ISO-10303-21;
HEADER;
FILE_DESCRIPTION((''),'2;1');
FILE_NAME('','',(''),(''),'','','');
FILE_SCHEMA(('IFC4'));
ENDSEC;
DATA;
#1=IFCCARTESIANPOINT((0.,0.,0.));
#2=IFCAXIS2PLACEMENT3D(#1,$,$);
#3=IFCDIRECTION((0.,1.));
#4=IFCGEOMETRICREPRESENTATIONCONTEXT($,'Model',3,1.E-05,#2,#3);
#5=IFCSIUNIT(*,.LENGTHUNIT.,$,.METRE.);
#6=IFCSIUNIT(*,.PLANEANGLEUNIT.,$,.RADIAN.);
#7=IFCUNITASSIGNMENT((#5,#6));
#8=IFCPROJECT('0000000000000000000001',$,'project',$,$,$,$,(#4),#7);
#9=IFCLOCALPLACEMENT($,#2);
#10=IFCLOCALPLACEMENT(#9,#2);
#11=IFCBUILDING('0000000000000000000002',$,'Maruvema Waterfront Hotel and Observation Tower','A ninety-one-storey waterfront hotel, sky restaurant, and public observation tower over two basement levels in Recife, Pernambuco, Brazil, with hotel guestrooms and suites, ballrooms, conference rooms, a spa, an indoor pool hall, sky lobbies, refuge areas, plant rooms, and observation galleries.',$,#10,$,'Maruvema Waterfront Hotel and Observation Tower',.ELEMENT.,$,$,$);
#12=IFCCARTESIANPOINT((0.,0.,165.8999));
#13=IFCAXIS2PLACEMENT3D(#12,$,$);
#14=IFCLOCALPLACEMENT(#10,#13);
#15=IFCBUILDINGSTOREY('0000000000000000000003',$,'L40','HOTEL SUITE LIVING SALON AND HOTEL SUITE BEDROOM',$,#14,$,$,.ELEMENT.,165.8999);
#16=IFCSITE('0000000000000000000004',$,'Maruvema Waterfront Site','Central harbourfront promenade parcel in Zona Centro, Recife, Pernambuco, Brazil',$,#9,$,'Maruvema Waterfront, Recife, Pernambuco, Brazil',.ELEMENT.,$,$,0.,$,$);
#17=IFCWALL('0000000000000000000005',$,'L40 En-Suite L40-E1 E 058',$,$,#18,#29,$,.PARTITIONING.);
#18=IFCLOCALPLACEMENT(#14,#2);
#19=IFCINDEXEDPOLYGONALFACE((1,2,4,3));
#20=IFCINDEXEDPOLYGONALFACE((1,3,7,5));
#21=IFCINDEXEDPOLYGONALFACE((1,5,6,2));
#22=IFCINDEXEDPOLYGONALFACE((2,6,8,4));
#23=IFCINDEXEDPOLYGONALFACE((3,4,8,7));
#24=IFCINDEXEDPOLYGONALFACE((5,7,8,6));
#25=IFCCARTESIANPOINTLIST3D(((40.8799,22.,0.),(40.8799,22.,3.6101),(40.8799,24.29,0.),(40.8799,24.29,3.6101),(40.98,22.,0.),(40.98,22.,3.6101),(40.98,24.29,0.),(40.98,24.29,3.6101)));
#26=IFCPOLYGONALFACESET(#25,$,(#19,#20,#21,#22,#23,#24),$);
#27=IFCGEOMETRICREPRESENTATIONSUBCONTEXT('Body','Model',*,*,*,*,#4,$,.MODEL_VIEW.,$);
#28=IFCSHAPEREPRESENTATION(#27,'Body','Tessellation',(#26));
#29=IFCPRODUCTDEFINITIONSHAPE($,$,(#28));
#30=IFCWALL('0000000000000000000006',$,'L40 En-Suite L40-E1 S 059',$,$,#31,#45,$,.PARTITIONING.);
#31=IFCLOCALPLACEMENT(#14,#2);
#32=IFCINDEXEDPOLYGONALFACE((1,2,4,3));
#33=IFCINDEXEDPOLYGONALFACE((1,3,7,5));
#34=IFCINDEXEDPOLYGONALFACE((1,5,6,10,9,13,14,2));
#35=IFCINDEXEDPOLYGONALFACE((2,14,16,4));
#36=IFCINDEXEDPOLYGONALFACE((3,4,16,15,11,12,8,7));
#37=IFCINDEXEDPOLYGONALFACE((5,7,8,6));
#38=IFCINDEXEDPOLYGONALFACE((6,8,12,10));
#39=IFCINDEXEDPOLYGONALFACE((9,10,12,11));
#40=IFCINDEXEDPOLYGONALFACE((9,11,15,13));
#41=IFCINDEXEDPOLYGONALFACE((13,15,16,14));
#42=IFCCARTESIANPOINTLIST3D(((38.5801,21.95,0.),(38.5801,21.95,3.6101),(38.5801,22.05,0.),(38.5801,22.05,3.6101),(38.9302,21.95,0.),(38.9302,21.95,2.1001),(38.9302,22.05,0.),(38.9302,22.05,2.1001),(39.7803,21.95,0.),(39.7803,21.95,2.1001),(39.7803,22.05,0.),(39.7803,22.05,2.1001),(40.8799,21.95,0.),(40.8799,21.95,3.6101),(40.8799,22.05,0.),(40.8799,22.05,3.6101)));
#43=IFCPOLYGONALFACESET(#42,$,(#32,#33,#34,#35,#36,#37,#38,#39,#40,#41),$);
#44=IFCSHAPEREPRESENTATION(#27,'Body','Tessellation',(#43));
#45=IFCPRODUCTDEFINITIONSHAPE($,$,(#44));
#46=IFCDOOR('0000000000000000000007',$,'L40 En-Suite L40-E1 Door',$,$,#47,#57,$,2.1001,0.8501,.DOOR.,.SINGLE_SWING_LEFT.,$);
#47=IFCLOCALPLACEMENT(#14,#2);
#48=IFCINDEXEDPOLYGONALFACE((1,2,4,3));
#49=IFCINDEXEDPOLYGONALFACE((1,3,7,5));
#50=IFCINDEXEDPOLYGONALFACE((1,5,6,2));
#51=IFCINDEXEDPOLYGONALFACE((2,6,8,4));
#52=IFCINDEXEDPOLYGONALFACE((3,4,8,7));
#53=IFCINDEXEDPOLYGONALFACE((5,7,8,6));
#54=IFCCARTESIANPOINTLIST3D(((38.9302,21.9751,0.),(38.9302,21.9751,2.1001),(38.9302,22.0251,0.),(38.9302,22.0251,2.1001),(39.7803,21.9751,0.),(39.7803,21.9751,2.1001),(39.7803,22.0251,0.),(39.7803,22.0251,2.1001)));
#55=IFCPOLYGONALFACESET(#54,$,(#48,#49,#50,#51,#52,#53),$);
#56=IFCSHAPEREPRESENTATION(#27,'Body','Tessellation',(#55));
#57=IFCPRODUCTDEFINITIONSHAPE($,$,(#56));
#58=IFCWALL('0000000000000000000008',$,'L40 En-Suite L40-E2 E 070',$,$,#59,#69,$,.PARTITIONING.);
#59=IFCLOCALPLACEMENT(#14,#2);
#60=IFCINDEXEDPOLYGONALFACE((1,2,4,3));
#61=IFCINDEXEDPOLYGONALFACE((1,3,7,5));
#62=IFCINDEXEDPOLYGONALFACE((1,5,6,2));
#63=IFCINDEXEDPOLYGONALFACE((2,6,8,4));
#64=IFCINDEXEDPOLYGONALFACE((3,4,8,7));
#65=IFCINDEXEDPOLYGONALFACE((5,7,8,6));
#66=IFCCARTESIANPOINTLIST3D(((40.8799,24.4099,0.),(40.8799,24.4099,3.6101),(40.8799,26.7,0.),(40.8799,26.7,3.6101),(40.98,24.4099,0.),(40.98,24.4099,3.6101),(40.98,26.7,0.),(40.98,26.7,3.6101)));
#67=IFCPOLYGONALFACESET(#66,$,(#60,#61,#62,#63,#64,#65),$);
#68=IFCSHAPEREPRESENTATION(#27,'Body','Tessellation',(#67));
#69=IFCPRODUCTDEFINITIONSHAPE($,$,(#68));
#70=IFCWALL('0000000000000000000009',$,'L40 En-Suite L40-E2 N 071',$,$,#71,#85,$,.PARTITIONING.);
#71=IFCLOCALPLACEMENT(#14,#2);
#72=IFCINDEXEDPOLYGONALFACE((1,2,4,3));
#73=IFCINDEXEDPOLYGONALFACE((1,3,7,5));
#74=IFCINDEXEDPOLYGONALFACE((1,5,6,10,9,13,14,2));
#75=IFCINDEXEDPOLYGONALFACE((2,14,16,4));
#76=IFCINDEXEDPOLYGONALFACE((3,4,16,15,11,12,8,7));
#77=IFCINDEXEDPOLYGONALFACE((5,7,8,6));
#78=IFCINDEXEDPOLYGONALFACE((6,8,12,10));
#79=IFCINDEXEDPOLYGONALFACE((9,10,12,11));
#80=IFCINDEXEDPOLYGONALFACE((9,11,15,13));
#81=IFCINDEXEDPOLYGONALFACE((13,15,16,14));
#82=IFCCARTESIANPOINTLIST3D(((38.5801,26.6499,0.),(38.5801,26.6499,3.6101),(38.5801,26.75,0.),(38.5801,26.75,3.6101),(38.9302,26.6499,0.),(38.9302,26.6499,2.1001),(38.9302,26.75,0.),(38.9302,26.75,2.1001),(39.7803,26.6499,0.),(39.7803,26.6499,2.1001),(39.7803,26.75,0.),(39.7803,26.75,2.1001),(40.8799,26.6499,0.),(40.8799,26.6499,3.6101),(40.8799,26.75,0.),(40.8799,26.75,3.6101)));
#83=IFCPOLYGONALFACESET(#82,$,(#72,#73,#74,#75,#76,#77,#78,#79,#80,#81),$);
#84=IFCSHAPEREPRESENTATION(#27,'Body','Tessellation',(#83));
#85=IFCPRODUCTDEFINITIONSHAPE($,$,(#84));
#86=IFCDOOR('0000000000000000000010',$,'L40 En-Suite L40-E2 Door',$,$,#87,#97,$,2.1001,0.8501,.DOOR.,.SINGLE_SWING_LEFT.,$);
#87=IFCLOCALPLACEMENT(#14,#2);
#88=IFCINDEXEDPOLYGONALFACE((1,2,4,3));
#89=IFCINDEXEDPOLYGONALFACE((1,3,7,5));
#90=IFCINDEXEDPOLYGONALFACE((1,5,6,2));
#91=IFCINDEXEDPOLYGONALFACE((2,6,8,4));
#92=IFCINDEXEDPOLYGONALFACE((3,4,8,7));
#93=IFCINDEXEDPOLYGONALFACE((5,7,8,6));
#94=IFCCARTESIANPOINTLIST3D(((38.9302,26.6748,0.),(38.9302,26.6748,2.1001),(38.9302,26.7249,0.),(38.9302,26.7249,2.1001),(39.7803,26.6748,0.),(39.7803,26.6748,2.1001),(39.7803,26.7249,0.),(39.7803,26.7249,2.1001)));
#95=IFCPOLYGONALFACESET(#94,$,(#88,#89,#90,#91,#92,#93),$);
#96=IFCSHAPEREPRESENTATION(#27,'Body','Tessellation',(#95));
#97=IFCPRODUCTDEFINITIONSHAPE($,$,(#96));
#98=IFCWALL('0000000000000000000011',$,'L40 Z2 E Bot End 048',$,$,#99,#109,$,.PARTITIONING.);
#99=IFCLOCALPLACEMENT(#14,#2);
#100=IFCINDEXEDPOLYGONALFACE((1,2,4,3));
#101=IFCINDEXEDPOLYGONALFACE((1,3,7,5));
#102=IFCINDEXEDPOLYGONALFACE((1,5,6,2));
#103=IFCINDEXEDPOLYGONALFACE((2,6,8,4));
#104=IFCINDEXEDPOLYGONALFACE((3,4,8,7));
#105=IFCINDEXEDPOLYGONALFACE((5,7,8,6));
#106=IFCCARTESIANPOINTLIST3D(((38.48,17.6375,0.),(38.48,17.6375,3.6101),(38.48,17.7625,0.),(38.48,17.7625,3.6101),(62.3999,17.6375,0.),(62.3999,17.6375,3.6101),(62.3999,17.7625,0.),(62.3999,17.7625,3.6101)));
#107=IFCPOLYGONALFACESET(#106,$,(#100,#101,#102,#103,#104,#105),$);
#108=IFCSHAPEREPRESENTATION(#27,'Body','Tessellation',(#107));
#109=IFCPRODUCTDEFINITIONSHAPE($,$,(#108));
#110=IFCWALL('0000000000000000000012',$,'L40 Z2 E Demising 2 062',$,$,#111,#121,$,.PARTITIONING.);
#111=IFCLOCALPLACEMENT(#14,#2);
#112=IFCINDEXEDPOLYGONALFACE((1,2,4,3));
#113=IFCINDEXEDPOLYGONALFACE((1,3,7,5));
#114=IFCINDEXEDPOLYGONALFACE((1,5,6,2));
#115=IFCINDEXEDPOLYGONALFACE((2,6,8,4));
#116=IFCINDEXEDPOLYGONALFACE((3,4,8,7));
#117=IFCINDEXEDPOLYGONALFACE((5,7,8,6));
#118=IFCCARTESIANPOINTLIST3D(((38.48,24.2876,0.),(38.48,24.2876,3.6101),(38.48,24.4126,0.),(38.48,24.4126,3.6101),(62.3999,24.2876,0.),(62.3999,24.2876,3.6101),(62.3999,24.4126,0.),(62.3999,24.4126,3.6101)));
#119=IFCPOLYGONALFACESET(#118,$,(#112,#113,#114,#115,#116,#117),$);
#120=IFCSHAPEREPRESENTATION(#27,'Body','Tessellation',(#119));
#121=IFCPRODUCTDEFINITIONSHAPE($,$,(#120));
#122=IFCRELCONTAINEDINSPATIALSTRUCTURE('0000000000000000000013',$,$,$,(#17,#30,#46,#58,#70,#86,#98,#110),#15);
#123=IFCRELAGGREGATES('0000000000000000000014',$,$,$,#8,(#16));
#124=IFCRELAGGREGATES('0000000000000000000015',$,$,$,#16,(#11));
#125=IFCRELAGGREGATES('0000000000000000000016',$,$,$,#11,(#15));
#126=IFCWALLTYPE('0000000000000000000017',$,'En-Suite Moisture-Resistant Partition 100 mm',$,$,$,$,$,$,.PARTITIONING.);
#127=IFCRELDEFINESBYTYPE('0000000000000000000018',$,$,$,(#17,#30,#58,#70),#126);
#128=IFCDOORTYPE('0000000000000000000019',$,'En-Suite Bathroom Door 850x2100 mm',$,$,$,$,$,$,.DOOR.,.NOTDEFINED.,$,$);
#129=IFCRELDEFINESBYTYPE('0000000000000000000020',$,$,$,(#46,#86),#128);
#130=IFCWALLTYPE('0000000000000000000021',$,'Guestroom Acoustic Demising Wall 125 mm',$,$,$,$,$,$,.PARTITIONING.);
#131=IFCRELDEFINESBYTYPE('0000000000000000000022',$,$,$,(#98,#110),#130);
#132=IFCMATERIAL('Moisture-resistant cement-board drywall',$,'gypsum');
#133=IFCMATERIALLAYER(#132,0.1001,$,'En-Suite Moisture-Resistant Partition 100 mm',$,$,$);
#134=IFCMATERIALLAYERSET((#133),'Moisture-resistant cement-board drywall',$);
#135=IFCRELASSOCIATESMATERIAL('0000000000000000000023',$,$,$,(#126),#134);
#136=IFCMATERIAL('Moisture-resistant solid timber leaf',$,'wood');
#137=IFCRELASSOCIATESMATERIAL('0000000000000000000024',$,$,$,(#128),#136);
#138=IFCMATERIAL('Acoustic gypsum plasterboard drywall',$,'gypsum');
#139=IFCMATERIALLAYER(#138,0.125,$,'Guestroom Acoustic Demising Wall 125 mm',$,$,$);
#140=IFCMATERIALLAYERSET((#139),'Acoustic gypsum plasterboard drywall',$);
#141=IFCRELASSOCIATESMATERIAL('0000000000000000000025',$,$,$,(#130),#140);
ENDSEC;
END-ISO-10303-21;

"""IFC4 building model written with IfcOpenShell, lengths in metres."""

from ifc_helpers import new_model, si_unit, direction, frame, frame_2d, origin, place, context, subcontext, project, spatial, rectangle, extrude, material, layer, layer_set, type_object, element, fill, save


model = new_model("IFC4")

# Units and contexts
model_context = context("Model", 3, precision=1e-05, world=origin(), true_north=direction((0.0, 1.0)))
body_context = subcontext(model_context, "Body", "Model", "MODEL_VIEW")
ifc_project = project(units=[si_unit("LENGTHUNIT", "METRE"), si_unit("PLANEANGLEUNIT", "RADIAN")], contexts=[model_context])

# Site, building, storey
site_placement = place(None, origin())
site = spatial("IfcSite", under=ifc_project, at=site_placement, Name="Maruvema Waterfront Site", Description="Central harbourfront promenade parcel in Zona Centro, Recife, Pernambuco, Brazil", LongName="Maruvema Waterfront, Recife, Pernambuco, Brazil", CompositionType="ELEMENT", RefElevation=0.0)
building_placement = place(site_placement, origin())
building = spatial("IfcBuilding", under=site, at=building_placement, Name="Maruvema Waterfront Hotel and Observation Tower", Description="A ninety-one-storey waterfront hotel, sky restaurant, and public observation tower over two basement levels in Recife, Pernambuco, Brazil, with hotel guestrooms and suites, ballrooms, conference rooms, a spa, an indoor pool hall, sky lobbies, refuge areas, plant rooms, and observation galleries.", LongName="Maruvema Waterfront Hotel and Observation Tower", CompositionType="ELEMENT")
storey_placement = place(building_placement, frame((0.0, 0.0, 165.8999)))
storey = spatial("IfcBuildingStorey", under=building, at=storey_placement, Name="L40", Description="HOTEL SUITE LIVING SALON AND HOTEL SUITE BEDROOM", CompositionType="ELEMENT", Elevation=165.8999)

# Shared definitions
ifc_material_1 = material(Name="Moisture-resistant cement-board drywall", Category="gypsum")
ifc_layer_1 = layer(ifc_material_1, 0.1001, Name="En-Suite Moisture-Resistant Partition 100 mm")
ifc_layer_set_1 = layer_set([ifc_layer_1], Name="Moisture-resistant cement-board drywall")
wall_type_1 = type_object("IfcWallType", Name="En-Suite Moisture-Resistant Partition 100 mm", PredefinedType="PARTITIONING", material=ifc_layer_set_1)

# Shared definitions
ifc_material_2 = material(Name="Moisture-resistant solid timber leaf", Category="wood")
door_type_1 = type_object("IfcDoorType", Name="En-Suite Bathroom Door 850x2100 mm", OperationType="NOTDEFINED", PredefinedType="DOOR", material=ifc_material_2)

# Wall
wall_1_placement = place(storey_placement, frame((40.9299, 22.0, 0.0), z_axis=(0.0, 0.0, 1.0), x_axis=(0.0, 1.0, 0.0)))
element("IfcWall", 1, at=wall_1_placement, inside=storey, type_object=wall_type_1, Name="L40 En-Suite L40-E1 E 058", PredefinedType="PARTITIONING", context=body_context, shape_type="SweptSolid", body=[
    extrude(rectangle(XDim=2.29, YDim=0.1001, at=frame_2d((1.145, 0.0))), origin(), (0.0, 0.0, 1.0), 3.6101),
])

# Wall, opening, door
wall_2_placement = place(storey_placement, frame((38.5801, 22.0, 0.0), z_axis=(0.0, 0.0, 1.0), x_axis=(1.0, 0.0, 0.0)))
wall_2 = element("IfcWall", 2, at=wall_2_placement, inside=storey, type_object=wall_type_1, Name="L40 En-Suite L40-E1 S 059", PredefinedType="PARTITIONING", context=body_context, shape_type="SweptSolid", body=[
    extrude(rectangle(XDim=2.2998, YDim=0.1001, at=frame_2d((1.1499, 0.0))), origin(), (0.0, 0.0, 1.0), 3.6101),
])
opening_1_placement = place(wall_2_placement, frame((0.3501, 0.0, 0.0)))
opening_1 = element("IfcOpeningElement", 3, at=opening_1_placement, cuts=wall_2, PredefinedType="OPENING", context=body_context, shape_type="SweptSolid", body=[
    extrude(rectangle(XDim=0.8501, YDim=2.1001, at=frame_2d((0.425, 1.05))), frame((0.0, 0.0601, 0.0), z_axis=(0.0, -1.0, 0.0), x_axis=(1.0, 0.0, 0.0)), (0.0, 0.0, 1.0), 0.1201),
])
door_1_placement = place(opening_1_placement, frame((0.8501, 0.0, 0.0), z_axis=(0.0, 0.0, 1.0), x_axis=(-1.0, 0.0, 0.0)))
door_1 = element("IfcDoor", 4, at=door_1_placement, inside=storey, type_object=door_type_1, Name="L40 En-Suite L40-E1 Door", OperationType="SINGLE_SWING_LEFT", OverallHeight=2.1001, OverallWidth=0.8501, PredefinedType="DOOR", context=body_context, shape_type="SweptSolid", body=[
    extrude(rectangle(XDim=0.8501, YDim=2.1001, at=frame_2d((0.425, 1.05))), frame((0.0, 0.0249, 0.0), z_axis=(0.0, -1.0, 0.0), x_axis=(1.0, 0.0, 0.0)), (0.0, 0.0, 1.0), 0.05),
])
fill(opening_1, door_1)

# Wall
wall_3_placement = place(storey_placement, frame((40.9299, 24.4099, 0.0), z_axis=(0.0, 0.0, 1.0), x_axis=(0.0, 1.0, 0.0)))
element("IfcWall", 5, at=wall_3_placement, inside=storey, type_object=wall_type_1, Name="L40 En-Suite L40-E2 E 070", PredefinedType="PARTITIONING", context=body_context, shape_type="SweptSolid", body=[
    extrude(rectangle(XDim=2.29, YDim=0.1001, at=frame_2d((1.145, 0.0))), origin(), (0.0, 0.0, 1.0), 3.6101),
])

# Wall, opening, door
wall_4_placement = place(storey_placement, frame((38.5801, 26.7, 0.0), z_axis=(0.0, 0.0, 1.0), x_axis=(1.0, 0.0, 0.0)))
wall_4 = element("IfcWall", 6, at=wall_4_placement, inside=storey, type_object=wall_type_1, Name="L40 En-Suite L40-E2 N 071", PredefinedType="PARTITIONING", context=body_context, shape_type="SweptSolid", body=[
    extrude(rectangle(XDim=2.2998, YDim=0.1001, at=frame_2d((1.1499, 0.0))), origin(), (0.0, 0.0, 1.0), 3.6101),
])
opening_2_placement = place(wall_4_placement, frame((0.3501, 0.0, 0.0)))
opening_2 = element("IfcOpeningElement", 7, at=opening_2_placement, cuts=wall_4, PredefinedType="OPENING", context=body_context, shape_type="SweptSolid", body=[
    extrude(rectangle(XDim=0.8501, YDim=2.1001, at=frame_2d((0.425, 1.05))), frame((0.0, 0.0601, 0.0), z_axis=(0.0, -1.0, 0.0), x_axis=(1.0, 0.0, 0.0)), (0.0, 0.0, 1.0), 0.1201),
])
door_2_placement = place(opening_2_placement, origin())
door_2 = element("IfcDoor", 8, at=door_2_placement, inside=storey, type_object=door_type_1, Name="L40 En-Suite L40-E2 Door", OperationType="SINGLE_SWING_LEFT", OverallHeight=2.1001, OverallWidth=0.8501, PredefinedType="DOOR", context=body_context, shape_type="SweptSolid", body=[
    extrude(rectangle(XDim=0.8501, YDim=2.1001, at=frame_2d((0.425, 1.05))), frame((0.0, 0.0249, 0.0), z_axis=(0.0, -1.0, 0.0), x_axis=(1.0, 0.0, 0.0)), (0.0, 0.0, 1.0), 0.05),
])
fill(opening_2, door_2)

# Walls
ifc_material_3 = material(Name="Acoustic gypsum plasterboard drywall", Category="gypsum")
ifc_layer_2 = layer(ifc_material_3, 0.125, Name="Guestroom Acoustic Demising Wall 125 mm")
ifc_layer_set_2 = layer_set([ifc_layer_2], Name="Acoustic gypsum plasterboard drywall")
wall_type_2 = type_object("IfcWallType", Name="Guestroom Acoustic Demising Wall 125 mm", PredefinedType="PARTITIONING", material=ifc_layer_set_2)
for number, where, z_axis, x_axis, name in (
    (9, (38.48, 17.7, 0.0), (0.0, 0.0, 1.0), (1.0, 0.0, 0.0), "L40 Z2 E Bot End 048"),
    (10, (38.48, 24.3501, 0.0), (0.0, 0.0, 1.0), (1.0, 0.0, 0.0), "L40 Z2 E Demising 2 062"),
):
    element("IfcWall", number, at=place(storey_placement, frame(where, z_axis=z_axis, x_axis=x_axis)), inside=storey, type_object=wall_type_2, Name=name, PredefinedType="PARTITIONING", context=body_context, shape_type="SweptSolid", body=[
        extrude(rectangle(XDim=23.9199, YDim=0.125, at=frame_2d((11.96, 0.0))), origin(), (0.0, 0.0, 1.0), 3.6101),
    ])

save(model, "model.ifc")
